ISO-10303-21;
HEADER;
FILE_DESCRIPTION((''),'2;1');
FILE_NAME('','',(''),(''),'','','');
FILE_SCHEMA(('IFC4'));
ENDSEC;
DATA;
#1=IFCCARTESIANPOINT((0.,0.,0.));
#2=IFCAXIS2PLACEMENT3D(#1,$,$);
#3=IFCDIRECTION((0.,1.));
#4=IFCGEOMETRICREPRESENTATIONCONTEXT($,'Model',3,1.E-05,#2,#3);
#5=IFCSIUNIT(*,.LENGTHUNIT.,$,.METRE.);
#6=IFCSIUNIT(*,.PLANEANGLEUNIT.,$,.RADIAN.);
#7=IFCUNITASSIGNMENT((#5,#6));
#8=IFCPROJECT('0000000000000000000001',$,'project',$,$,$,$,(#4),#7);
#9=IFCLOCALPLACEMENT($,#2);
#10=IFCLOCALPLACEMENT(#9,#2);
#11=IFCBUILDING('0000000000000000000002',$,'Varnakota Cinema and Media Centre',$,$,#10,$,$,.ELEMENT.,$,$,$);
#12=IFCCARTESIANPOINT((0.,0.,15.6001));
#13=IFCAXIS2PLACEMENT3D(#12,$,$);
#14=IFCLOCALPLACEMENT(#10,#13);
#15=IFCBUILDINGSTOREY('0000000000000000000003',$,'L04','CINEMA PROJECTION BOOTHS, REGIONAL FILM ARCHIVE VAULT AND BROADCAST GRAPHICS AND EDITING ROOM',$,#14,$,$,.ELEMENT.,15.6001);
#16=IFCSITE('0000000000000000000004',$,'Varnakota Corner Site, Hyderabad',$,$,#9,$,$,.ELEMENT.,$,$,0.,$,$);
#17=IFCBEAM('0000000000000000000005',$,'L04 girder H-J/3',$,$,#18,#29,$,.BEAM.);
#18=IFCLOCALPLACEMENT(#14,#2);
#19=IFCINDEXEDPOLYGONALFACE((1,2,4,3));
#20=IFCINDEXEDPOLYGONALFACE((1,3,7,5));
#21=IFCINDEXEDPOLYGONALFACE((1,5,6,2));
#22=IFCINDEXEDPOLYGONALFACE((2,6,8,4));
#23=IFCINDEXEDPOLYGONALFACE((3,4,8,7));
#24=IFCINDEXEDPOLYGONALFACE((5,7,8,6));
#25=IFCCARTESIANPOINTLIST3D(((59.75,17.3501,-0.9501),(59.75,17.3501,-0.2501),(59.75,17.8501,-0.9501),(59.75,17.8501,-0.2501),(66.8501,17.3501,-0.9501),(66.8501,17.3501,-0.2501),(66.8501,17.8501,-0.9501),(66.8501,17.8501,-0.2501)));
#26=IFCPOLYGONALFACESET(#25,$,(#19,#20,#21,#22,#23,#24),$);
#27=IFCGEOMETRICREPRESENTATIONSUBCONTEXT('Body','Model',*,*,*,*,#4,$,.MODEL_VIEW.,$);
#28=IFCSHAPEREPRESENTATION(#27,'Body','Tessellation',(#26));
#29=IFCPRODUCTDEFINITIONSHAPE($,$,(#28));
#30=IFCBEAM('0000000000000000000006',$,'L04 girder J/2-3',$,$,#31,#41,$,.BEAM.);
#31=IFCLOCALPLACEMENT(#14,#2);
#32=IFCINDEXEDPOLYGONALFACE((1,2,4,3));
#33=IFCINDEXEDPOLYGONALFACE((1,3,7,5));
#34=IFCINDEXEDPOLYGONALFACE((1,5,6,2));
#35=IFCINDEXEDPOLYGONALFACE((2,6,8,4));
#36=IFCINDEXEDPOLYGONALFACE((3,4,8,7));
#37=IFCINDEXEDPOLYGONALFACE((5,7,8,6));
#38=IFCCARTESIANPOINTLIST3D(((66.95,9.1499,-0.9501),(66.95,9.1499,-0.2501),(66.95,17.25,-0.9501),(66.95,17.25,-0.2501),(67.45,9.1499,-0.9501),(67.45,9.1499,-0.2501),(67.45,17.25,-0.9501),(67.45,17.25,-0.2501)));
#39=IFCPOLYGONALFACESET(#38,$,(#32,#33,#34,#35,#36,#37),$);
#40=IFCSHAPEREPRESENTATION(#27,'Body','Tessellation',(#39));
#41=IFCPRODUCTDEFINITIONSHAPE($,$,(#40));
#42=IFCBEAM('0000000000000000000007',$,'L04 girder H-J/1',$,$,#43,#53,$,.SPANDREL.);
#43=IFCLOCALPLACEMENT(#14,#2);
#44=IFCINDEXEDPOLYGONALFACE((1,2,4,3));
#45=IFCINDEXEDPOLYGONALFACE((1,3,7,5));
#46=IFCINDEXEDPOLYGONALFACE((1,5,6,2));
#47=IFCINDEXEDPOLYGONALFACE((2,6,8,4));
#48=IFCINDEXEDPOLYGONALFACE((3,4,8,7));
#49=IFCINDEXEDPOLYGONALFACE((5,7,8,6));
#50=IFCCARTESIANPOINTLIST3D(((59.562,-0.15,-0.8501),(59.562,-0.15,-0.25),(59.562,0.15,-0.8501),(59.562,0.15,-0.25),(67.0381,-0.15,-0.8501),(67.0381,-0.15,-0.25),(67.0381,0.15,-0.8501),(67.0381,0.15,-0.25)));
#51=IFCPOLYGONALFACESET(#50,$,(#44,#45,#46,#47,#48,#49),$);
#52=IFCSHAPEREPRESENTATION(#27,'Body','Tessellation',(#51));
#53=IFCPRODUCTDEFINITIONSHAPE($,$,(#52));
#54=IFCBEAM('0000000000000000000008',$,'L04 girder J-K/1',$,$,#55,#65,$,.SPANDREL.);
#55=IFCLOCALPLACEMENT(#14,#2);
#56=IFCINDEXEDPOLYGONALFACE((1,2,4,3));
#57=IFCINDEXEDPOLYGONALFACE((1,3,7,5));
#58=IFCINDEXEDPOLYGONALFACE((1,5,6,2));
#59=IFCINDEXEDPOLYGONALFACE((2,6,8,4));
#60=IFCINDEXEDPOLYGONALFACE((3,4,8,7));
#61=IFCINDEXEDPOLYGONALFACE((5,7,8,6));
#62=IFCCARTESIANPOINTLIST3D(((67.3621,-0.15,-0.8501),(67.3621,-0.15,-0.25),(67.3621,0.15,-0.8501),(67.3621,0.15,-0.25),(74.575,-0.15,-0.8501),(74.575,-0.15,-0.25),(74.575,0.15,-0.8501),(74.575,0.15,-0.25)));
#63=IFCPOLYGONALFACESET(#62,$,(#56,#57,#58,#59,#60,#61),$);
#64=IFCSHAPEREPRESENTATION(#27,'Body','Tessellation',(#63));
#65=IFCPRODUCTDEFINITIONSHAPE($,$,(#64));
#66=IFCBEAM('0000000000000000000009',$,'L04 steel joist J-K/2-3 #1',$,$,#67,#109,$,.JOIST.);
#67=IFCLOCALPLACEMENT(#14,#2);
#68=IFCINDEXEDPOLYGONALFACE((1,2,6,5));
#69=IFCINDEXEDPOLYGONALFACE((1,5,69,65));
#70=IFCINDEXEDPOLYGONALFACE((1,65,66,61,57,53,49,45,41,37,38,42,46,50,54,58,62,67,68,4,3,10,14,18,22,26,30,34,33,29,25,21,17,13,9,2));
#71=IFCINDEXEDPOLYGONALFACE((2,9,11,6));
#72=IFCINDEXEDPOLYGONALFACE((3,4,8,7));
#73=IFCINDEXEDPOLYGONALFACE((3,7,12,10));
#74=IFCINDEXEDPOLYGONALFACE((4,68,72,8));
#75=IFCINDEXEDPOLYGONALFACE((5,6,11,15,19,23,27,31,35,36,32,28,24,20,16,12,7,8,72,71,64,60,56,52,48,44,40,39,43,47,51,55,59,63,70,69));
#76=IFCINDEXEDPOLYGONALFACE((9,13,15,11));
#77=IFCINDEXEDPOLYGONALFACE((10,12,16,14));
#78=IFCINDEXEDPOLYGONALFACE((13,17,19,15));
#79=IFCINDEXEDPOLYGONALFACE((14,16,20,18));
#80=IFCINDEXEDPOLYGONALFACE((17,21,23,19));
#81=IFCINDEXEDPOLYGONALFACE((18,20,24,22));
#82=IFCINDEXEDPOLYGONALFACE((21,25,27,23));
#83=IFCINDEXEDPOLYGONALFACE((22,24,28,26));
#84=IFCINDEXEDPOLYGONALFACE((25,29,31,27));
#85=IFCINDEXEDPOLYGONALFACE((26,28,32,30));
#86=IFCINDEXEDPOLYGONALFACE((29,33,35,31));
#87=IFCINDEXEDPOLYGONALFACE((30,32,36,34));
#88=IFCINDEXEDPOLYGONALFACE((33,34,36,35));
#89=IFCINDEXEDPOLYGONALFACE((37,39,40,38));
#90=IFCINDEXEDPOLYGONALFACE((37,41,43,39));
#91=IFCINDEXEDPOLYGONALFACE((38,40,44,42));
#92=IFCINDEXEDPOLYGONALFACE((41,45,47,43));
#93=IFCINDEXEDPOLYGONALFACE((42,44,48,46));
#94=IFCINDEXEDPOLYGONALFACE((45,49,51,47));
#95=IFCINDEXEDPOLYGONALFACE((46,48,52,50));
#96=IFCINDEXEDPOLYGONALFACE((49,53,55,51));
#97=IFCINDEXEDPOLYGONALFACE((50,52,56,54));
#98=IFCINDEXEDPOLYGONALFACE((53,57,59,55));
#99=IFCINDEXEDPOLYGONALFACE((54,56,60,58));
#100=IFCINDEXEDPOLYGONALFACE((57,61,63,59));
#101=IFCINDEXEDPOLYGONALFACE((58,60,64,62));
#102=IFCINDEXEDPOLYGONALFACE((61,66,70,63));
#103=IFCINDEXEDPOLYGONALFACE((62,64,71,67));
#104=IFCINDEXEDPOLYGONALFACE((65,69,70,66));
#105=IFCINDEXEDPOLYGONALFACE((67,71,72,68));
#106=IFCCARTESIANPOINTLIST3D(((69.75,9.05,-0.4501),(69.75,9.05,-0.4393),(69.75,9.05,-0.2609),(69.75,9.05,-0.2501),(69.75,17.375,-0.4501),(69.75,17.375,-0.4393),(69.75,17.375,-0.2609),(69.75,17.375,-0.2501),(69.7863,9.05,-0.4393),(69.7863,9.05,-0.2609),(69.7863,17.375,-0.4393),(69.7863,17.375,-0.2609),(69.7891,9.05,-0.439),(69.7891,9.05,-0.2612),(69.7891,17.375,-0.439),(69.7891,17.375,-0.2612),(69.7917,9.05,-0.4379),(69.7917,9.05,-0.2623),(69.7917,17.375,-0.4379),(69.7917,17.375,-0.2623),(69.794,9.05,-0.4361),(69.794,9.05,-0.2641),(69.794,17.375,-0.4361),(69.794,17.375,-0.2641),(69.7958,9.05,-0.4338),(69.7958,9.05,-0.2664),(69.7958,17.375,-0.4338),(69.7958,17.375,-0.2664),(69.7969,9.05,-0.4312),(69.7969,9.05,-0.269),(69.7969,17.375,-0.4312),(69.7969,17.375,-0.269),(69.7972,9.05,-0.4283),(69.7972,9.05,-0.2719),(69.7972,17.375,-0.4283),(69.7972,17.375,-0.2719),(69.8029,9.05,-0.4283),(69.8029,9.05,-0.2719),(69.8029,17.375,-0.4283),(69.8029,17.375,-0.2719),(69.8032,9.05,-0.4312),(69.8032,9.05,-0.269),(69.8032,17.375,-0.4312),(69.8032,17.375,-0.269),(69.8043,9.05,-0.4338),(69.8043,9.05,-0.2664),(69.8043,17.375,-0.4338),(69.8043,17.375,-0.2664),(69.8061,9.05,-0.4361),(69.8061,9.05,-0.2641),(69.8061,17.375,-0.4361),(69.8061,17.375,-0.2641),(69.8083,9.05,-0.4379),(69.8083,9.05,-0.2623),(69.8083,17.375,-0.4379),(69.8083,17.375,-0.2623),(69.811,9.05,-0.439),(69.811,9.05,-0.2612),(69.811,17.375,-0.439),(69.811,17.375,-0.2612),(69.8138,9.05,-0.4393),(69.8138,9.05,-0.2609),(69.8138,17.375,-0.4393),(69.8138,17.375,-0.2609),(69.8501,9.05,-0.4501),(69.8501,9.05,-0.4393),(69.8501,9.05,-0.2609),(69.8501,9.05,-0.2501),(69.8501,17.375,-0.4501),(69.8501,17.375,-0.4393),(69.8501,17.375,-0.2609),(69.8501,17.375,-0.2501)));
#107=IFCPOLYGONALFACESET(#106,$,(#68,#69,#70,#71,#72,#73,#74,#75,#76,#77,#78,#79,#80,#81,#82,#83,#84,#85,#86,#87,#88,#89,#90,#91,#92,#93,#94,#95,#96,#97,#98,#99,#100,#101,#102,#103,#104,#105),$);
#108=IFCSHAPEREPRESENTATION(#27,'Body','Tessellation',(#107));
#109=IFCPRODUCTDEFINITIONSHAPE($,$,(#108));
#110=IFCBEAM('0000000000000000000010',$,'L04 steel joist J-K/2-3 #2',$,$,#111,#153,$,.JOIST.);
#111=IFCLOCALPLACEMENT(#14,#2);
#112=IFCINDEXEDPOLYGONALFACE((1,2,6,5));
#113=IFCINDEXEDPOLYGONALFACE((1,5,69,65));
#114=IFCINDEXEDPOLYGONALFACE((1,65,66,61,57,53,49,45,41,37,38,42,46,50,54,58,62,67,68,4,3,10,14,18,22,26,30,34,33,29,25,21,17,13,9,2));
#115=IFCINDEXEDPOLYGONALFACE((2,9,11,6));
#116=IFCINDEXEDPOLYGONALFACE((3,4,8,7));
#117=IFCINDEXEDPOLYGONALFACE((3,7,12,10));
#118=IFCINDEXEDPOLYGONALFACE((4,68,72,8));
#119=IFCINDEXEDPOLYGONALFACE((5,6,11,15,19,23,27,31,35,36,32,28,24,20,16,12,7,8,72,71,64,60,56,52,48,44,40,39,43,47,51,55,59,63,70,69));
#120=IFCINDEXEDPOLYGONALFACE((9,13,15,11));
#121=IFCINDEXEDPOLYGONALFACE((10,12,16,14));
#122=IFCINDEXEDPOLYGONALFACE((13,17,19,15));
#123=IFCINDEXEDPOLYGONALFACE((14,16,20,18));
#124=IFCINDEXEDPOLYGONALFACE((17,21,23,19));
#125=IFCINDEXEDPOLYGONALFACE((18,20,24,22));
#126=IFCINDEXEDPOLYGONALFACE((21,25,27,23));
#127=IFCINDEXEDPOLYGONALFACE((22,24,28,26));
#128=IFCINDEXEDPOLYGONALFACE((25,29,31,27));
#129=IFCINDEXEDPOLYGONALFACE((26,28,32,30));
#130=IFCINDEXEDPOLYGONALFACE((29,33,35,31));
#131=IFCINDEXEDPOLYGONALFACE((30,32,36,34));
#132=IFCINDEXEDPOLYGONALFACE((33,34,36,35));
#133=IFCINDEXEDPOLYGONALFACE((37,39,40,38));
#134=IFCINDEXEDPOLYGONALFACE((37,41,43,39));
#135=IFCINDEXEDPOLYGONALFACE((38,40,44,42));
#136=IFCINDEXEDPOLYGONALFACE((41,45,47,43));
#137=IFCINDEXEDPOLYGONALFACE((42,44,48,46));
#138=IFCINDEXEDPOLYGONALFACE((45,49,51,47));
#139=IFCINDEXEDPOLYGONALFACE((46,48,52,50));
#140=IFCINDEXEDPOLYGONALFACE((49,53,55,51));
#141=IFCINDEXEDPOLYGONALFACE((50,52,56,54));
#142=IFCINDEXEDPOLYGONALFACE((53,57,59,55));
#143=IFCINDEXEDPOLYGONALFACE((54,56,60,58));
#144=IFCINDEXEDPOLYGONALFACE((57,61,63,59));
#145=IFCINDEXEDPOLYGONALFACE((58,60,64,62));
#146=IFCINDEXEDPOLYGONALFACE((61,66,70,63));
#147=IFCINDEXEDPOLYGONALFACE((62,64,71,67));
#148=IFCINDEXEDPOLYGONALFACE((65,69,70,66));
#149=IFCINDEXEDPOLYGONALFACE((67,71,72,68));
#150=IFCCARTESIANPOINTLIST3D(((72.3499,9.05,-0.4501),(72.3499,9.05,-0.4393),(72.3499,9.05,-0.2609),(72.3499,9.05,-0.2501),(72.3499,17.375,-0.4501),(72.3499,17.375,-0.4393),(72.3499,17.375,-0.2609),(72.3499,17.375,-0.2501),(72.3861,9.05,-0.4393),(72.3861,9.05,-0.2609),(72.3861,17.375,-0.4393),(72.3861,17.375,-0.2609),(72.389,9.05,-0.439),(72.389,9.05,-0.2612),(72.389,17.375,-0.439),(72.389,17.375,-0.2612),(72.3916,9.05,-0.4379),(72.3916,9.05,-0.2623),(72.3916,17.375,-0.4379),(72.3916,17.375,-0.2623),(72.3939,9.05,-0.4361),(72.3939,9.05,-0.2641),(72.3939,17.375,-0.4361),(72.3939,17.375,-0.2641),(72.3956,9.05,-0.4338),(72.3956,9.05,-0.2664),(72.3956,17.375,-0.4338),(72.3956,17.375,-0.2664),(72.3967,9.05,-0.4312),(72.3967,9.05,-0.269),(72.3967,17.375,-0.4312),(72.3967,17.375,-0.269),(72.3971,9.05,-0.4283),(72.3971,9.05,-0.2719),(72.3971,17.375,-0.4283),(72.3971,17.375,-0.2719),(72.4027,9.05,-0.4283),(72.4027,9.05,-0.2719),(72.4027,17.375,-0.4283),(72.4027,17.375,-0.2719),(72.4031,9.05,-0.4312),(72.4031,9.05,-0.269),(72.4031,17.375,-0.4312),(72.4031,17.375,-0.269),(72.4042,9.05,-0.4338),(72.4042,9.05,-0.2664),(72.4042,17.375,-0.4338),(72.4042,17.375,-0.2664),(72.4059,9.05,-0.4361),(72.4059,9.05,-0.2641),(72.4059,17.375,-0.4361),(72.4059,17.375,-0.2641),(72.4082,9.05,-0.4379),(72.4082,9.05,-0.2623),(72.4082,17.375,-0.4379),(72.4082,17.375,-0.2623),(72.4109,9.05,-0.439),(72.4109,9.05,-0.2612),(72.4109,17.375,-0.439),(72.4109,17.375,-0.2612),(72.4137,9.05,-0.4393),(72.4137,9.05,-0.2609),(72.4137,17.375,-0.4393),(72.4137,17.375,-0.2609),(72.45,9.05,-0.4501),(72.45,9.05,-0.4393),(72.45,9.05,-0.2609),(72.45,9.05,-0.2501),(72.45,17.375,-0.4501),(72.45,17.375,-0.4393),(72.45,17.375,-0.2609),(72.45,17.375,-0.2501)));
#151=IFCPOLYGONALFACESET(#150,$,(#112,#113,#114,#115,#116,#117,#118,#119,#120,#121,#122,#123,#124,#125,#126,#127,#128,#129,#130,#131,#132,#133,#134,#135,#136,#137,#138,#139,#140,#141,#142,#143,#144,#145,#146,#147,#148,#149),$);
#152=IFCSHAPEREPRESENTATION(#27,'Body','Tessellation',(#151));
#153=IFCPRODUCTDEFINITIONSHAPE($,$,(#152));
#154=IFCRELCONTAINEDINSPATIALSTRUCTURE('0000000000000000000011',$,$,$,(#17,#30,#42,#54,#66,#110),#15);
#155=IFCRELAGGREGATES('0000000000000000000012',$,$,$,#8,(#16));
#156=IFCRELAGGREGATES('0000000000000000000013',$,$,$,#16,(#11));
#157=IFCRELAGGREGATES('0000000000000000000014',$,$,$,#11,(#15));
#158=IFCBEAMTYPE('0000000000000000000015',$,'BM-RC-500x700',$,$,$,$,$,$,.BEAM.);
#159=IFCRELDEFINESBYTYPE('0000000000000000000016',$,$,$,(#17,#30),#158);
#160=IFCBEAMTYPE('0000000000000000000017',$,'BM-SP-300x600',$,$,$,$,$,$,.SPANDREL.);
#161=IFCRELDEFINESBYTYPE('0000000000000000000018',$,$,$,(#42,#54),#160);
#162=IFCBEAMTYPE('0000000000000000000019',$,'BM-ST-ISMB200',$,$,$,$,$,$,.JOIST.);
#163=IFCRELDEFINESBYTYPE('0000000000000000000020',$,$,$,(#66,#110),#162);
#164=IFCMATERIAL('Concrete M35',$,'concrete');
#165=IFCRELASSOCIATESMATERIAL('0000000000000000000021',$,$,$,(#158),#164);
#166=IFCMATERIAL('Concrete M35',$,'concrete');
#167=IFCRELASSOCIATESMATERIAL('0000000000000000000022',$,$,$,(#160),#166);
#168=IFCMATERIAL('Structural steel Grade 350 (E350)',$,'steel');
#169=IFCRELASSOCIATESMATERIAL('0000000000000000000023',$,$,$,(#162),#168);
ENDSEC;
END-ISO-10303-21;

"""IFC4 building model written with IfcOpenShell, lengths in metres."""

from ifc_helpers import new_model, si_unit, direction, frame, origin, origin_2d, place, context, subcontext, project, spatial, rectangle, i_section, extrude, material, material_profile, profile_set, type_object, element, save


model = new_model("IFC4")

# Units and contexts
model_context = context("Model", 3, precision=1e-05, world=origin(), true_north=direction((0.0, 1.0)))
body_context = subcontext(model_context, "Body", "Model", "MODEL_VIEW")
ifc_project = project(units=[si_unit("LENGTHUNIT", "METRE"), si_unit("PLANEANGLEUNIT", "RADIAN")], contexts=[model_context])

# Site, building, storey
site_placement = place(None, origin())
site = spatial("IfcSite", under=ifc_project, at=site_placement, Name="Varnakota Corner Site, Hyderabad", CompositionType="ELEMENT", RefElevation=0.0)
building_placement = place(site_placement, origin())
building = spatial("IfcBuilding", under=site, at=building_placement, Name="Varnakota Cinema and Media Centre", CompositionType="ELEMENT")
storey_placement = place(building_placement, frame((0.0, 0.0, 15.6001)))
storey = spatial("IfcBuildingStorey", under=building, at=storey_placement, Name="L04", Description="CINEMA PROJECTION BOOTHS, REGIONAL FILM ARCHIVE VAULT AND BROADCAST GRAPHICS AND EDITING ROOM", CompositionType="ELEMENT", Elevation=15.6001)

# Beams
ifc_material_1 = material(Name="Concrete M35", Category="concrete")
ifc_material_profile_1 = material_profile(ifc_material_1, rectangle(XDim=0.5, YDim=0.7, at=origin_2d()), Name="RCB 500x700")
ifc_profile_set_1 = profile_set([ifc_material_profile_1], Name="Concrete M35")
beam_type_1 = type_object("IfcBeamType", Name="BM-RC-500x700", PredefinedType="BEAM", material=ifc_profile_set_1)
beam_1_placement = place(storey_placement, frame((59.75, 17.6001, -0.6001), z_axis=(1.0, 0.0, 0.0), x_axis=(0.0, 1.0, 0.0)))
element("IfcBeam", 1, at=beam_1_placement, inside=storey, type_object=beam_type_1, Name="L04 girder H-J/3", PredefinedType="BEAM", context=body_context, shape_type="SweptSolid", body=[
    extrude(rectangle(XDim=0.5, YDim=0.7, at=origin_2d()), origin(), (0.0, 0.0, 1.0), 7.1001),
])
beam_2_placement = place(storey_placement, frame((67.2, 9.1499, -0.6001), z_axis=(0.0, 1.0, 0.0), x_axis=(-1.0, 0.0, 0.0)))
element("IfcBeam", 2, at=beam_2_placement, inside=storey, type_object=beam_type_1, Name="L04 girder J/2-3", PredefinedType="BEAM", context=body_context, shape_type="SweptSolid", body=[
    extrude(rectangle(XDim=0.5, YDim=0.7, at=origin_2d()), origin(), (0.0, 0.0, 1.0), 8.1001),
])
ifc_material_2 = material(Name="Concrete M35", Category="concrete")
ifc_material_profile_2 = material_profile(ifc_material_2, rectangle(XDim=0.3, YDim=0.6001, at=origin_2d()), Name="RCB 300x600")
ifc_profile_set_2 = profile_set([ifc_material_profile_2], Name="Concrete M35")
beam_type_2 = type_object("IfcBeamType", Name="BM-SP-300x600", PredefinedType="SPANDREL", material=ifc_profile_set_2)
beam_3_placement = place(storey_placement, frame((59.562, 0.0, -0.55), z_axis=(1.0, 0.0, 0.0), x_axis=(0.0, 1.0, 0.0)))
element("IfcBeam", 3, at=beam_3_placement, inside=storey, type_object=beam_type_2, Name="L04 girder H-J/1", PredefinedType="SPANDREL", context=body_context, shape_type="SweptSolid", body=[
    extrude(rectangle(XDim=0.3, YDim=0.6001, at=origin_2d()), origin(), (0.0, 0.0, 1.0), 7.4761),
])
beam_4_placement = place(storey_placement, frame((67.3621, 0.0, -0.55), z_axis=(1.0, 0.0, 0.0), x_axis=(0.0, 1.0, 0.0)))
element("IfcBeam", 4, at=beam_4_placement, inside=storey, type_object=beam_type_2, Name="L04 girder J-K/1", PredefinedType="SPANDREL", context=body_context, shape_type="SweptSolid", body=[
    extrude(rectangle(XDim=0.3, YDim=0.6001, at=origin_2d()), origin(), (0.0, 0.0, 1.0), 7.2129),
])
ifc_material_3 = material(Name="Structural steel Grade 350 (E350)", Category="steel")
ifc_material_profile_3 = material_profile(ifc_material_3, i_section(OverallWidth=0.1001, OverallDepth=0.2, WebThickness=0.0056, FlangeThickness=0.0107, FilletRadius=0.011, at=origin_2d()), Name="ISMB 200")
ifc_profile_set_3 = profile_set([ifc_material_profile_3], Name="Structural steel Grade 350 (E350)")
beam_type_3 = type_object("IfcBeamType", Name="BM-ST-ISMB200", PredefinedType="JOIST", material=ifc_profile_set_3)
for number, where, z_axis, x_axis, name in (
    (5, (69.8, 9.05, -0.3501), (0.0, 1.0, 0.0), (-1.0, 0.0, 0.0), "L04 steel joist J-K/2-3 #1"),
    (6, (72.3999, 9.05, -0.3501), (0.0, 1.0, 0.0), (-1.0, 0.0, 0.0), "L04 steel joist J-K/2-3 #2"),
):
    element("IfcBeam", number, at=place(storey_placement, frame(where, z_axis=z_axis, x_axis=x_axis)), inside=storey, type_object=beam_type_3, Name=name, PredefinedType="JOIST", context=body_context, shape_type="SweptSolid", body=[
        extrude(i_section(OverallWidth=0.1001, OverallDepth=0.2, WebThickness=0.0056, FlangeThickness=0.0107, FilletRadius=0.011, at=origin_2d()), origin(), (0.0, 0.0, 1.0), 8.325),
    ])

save(model, "model.ifc")
